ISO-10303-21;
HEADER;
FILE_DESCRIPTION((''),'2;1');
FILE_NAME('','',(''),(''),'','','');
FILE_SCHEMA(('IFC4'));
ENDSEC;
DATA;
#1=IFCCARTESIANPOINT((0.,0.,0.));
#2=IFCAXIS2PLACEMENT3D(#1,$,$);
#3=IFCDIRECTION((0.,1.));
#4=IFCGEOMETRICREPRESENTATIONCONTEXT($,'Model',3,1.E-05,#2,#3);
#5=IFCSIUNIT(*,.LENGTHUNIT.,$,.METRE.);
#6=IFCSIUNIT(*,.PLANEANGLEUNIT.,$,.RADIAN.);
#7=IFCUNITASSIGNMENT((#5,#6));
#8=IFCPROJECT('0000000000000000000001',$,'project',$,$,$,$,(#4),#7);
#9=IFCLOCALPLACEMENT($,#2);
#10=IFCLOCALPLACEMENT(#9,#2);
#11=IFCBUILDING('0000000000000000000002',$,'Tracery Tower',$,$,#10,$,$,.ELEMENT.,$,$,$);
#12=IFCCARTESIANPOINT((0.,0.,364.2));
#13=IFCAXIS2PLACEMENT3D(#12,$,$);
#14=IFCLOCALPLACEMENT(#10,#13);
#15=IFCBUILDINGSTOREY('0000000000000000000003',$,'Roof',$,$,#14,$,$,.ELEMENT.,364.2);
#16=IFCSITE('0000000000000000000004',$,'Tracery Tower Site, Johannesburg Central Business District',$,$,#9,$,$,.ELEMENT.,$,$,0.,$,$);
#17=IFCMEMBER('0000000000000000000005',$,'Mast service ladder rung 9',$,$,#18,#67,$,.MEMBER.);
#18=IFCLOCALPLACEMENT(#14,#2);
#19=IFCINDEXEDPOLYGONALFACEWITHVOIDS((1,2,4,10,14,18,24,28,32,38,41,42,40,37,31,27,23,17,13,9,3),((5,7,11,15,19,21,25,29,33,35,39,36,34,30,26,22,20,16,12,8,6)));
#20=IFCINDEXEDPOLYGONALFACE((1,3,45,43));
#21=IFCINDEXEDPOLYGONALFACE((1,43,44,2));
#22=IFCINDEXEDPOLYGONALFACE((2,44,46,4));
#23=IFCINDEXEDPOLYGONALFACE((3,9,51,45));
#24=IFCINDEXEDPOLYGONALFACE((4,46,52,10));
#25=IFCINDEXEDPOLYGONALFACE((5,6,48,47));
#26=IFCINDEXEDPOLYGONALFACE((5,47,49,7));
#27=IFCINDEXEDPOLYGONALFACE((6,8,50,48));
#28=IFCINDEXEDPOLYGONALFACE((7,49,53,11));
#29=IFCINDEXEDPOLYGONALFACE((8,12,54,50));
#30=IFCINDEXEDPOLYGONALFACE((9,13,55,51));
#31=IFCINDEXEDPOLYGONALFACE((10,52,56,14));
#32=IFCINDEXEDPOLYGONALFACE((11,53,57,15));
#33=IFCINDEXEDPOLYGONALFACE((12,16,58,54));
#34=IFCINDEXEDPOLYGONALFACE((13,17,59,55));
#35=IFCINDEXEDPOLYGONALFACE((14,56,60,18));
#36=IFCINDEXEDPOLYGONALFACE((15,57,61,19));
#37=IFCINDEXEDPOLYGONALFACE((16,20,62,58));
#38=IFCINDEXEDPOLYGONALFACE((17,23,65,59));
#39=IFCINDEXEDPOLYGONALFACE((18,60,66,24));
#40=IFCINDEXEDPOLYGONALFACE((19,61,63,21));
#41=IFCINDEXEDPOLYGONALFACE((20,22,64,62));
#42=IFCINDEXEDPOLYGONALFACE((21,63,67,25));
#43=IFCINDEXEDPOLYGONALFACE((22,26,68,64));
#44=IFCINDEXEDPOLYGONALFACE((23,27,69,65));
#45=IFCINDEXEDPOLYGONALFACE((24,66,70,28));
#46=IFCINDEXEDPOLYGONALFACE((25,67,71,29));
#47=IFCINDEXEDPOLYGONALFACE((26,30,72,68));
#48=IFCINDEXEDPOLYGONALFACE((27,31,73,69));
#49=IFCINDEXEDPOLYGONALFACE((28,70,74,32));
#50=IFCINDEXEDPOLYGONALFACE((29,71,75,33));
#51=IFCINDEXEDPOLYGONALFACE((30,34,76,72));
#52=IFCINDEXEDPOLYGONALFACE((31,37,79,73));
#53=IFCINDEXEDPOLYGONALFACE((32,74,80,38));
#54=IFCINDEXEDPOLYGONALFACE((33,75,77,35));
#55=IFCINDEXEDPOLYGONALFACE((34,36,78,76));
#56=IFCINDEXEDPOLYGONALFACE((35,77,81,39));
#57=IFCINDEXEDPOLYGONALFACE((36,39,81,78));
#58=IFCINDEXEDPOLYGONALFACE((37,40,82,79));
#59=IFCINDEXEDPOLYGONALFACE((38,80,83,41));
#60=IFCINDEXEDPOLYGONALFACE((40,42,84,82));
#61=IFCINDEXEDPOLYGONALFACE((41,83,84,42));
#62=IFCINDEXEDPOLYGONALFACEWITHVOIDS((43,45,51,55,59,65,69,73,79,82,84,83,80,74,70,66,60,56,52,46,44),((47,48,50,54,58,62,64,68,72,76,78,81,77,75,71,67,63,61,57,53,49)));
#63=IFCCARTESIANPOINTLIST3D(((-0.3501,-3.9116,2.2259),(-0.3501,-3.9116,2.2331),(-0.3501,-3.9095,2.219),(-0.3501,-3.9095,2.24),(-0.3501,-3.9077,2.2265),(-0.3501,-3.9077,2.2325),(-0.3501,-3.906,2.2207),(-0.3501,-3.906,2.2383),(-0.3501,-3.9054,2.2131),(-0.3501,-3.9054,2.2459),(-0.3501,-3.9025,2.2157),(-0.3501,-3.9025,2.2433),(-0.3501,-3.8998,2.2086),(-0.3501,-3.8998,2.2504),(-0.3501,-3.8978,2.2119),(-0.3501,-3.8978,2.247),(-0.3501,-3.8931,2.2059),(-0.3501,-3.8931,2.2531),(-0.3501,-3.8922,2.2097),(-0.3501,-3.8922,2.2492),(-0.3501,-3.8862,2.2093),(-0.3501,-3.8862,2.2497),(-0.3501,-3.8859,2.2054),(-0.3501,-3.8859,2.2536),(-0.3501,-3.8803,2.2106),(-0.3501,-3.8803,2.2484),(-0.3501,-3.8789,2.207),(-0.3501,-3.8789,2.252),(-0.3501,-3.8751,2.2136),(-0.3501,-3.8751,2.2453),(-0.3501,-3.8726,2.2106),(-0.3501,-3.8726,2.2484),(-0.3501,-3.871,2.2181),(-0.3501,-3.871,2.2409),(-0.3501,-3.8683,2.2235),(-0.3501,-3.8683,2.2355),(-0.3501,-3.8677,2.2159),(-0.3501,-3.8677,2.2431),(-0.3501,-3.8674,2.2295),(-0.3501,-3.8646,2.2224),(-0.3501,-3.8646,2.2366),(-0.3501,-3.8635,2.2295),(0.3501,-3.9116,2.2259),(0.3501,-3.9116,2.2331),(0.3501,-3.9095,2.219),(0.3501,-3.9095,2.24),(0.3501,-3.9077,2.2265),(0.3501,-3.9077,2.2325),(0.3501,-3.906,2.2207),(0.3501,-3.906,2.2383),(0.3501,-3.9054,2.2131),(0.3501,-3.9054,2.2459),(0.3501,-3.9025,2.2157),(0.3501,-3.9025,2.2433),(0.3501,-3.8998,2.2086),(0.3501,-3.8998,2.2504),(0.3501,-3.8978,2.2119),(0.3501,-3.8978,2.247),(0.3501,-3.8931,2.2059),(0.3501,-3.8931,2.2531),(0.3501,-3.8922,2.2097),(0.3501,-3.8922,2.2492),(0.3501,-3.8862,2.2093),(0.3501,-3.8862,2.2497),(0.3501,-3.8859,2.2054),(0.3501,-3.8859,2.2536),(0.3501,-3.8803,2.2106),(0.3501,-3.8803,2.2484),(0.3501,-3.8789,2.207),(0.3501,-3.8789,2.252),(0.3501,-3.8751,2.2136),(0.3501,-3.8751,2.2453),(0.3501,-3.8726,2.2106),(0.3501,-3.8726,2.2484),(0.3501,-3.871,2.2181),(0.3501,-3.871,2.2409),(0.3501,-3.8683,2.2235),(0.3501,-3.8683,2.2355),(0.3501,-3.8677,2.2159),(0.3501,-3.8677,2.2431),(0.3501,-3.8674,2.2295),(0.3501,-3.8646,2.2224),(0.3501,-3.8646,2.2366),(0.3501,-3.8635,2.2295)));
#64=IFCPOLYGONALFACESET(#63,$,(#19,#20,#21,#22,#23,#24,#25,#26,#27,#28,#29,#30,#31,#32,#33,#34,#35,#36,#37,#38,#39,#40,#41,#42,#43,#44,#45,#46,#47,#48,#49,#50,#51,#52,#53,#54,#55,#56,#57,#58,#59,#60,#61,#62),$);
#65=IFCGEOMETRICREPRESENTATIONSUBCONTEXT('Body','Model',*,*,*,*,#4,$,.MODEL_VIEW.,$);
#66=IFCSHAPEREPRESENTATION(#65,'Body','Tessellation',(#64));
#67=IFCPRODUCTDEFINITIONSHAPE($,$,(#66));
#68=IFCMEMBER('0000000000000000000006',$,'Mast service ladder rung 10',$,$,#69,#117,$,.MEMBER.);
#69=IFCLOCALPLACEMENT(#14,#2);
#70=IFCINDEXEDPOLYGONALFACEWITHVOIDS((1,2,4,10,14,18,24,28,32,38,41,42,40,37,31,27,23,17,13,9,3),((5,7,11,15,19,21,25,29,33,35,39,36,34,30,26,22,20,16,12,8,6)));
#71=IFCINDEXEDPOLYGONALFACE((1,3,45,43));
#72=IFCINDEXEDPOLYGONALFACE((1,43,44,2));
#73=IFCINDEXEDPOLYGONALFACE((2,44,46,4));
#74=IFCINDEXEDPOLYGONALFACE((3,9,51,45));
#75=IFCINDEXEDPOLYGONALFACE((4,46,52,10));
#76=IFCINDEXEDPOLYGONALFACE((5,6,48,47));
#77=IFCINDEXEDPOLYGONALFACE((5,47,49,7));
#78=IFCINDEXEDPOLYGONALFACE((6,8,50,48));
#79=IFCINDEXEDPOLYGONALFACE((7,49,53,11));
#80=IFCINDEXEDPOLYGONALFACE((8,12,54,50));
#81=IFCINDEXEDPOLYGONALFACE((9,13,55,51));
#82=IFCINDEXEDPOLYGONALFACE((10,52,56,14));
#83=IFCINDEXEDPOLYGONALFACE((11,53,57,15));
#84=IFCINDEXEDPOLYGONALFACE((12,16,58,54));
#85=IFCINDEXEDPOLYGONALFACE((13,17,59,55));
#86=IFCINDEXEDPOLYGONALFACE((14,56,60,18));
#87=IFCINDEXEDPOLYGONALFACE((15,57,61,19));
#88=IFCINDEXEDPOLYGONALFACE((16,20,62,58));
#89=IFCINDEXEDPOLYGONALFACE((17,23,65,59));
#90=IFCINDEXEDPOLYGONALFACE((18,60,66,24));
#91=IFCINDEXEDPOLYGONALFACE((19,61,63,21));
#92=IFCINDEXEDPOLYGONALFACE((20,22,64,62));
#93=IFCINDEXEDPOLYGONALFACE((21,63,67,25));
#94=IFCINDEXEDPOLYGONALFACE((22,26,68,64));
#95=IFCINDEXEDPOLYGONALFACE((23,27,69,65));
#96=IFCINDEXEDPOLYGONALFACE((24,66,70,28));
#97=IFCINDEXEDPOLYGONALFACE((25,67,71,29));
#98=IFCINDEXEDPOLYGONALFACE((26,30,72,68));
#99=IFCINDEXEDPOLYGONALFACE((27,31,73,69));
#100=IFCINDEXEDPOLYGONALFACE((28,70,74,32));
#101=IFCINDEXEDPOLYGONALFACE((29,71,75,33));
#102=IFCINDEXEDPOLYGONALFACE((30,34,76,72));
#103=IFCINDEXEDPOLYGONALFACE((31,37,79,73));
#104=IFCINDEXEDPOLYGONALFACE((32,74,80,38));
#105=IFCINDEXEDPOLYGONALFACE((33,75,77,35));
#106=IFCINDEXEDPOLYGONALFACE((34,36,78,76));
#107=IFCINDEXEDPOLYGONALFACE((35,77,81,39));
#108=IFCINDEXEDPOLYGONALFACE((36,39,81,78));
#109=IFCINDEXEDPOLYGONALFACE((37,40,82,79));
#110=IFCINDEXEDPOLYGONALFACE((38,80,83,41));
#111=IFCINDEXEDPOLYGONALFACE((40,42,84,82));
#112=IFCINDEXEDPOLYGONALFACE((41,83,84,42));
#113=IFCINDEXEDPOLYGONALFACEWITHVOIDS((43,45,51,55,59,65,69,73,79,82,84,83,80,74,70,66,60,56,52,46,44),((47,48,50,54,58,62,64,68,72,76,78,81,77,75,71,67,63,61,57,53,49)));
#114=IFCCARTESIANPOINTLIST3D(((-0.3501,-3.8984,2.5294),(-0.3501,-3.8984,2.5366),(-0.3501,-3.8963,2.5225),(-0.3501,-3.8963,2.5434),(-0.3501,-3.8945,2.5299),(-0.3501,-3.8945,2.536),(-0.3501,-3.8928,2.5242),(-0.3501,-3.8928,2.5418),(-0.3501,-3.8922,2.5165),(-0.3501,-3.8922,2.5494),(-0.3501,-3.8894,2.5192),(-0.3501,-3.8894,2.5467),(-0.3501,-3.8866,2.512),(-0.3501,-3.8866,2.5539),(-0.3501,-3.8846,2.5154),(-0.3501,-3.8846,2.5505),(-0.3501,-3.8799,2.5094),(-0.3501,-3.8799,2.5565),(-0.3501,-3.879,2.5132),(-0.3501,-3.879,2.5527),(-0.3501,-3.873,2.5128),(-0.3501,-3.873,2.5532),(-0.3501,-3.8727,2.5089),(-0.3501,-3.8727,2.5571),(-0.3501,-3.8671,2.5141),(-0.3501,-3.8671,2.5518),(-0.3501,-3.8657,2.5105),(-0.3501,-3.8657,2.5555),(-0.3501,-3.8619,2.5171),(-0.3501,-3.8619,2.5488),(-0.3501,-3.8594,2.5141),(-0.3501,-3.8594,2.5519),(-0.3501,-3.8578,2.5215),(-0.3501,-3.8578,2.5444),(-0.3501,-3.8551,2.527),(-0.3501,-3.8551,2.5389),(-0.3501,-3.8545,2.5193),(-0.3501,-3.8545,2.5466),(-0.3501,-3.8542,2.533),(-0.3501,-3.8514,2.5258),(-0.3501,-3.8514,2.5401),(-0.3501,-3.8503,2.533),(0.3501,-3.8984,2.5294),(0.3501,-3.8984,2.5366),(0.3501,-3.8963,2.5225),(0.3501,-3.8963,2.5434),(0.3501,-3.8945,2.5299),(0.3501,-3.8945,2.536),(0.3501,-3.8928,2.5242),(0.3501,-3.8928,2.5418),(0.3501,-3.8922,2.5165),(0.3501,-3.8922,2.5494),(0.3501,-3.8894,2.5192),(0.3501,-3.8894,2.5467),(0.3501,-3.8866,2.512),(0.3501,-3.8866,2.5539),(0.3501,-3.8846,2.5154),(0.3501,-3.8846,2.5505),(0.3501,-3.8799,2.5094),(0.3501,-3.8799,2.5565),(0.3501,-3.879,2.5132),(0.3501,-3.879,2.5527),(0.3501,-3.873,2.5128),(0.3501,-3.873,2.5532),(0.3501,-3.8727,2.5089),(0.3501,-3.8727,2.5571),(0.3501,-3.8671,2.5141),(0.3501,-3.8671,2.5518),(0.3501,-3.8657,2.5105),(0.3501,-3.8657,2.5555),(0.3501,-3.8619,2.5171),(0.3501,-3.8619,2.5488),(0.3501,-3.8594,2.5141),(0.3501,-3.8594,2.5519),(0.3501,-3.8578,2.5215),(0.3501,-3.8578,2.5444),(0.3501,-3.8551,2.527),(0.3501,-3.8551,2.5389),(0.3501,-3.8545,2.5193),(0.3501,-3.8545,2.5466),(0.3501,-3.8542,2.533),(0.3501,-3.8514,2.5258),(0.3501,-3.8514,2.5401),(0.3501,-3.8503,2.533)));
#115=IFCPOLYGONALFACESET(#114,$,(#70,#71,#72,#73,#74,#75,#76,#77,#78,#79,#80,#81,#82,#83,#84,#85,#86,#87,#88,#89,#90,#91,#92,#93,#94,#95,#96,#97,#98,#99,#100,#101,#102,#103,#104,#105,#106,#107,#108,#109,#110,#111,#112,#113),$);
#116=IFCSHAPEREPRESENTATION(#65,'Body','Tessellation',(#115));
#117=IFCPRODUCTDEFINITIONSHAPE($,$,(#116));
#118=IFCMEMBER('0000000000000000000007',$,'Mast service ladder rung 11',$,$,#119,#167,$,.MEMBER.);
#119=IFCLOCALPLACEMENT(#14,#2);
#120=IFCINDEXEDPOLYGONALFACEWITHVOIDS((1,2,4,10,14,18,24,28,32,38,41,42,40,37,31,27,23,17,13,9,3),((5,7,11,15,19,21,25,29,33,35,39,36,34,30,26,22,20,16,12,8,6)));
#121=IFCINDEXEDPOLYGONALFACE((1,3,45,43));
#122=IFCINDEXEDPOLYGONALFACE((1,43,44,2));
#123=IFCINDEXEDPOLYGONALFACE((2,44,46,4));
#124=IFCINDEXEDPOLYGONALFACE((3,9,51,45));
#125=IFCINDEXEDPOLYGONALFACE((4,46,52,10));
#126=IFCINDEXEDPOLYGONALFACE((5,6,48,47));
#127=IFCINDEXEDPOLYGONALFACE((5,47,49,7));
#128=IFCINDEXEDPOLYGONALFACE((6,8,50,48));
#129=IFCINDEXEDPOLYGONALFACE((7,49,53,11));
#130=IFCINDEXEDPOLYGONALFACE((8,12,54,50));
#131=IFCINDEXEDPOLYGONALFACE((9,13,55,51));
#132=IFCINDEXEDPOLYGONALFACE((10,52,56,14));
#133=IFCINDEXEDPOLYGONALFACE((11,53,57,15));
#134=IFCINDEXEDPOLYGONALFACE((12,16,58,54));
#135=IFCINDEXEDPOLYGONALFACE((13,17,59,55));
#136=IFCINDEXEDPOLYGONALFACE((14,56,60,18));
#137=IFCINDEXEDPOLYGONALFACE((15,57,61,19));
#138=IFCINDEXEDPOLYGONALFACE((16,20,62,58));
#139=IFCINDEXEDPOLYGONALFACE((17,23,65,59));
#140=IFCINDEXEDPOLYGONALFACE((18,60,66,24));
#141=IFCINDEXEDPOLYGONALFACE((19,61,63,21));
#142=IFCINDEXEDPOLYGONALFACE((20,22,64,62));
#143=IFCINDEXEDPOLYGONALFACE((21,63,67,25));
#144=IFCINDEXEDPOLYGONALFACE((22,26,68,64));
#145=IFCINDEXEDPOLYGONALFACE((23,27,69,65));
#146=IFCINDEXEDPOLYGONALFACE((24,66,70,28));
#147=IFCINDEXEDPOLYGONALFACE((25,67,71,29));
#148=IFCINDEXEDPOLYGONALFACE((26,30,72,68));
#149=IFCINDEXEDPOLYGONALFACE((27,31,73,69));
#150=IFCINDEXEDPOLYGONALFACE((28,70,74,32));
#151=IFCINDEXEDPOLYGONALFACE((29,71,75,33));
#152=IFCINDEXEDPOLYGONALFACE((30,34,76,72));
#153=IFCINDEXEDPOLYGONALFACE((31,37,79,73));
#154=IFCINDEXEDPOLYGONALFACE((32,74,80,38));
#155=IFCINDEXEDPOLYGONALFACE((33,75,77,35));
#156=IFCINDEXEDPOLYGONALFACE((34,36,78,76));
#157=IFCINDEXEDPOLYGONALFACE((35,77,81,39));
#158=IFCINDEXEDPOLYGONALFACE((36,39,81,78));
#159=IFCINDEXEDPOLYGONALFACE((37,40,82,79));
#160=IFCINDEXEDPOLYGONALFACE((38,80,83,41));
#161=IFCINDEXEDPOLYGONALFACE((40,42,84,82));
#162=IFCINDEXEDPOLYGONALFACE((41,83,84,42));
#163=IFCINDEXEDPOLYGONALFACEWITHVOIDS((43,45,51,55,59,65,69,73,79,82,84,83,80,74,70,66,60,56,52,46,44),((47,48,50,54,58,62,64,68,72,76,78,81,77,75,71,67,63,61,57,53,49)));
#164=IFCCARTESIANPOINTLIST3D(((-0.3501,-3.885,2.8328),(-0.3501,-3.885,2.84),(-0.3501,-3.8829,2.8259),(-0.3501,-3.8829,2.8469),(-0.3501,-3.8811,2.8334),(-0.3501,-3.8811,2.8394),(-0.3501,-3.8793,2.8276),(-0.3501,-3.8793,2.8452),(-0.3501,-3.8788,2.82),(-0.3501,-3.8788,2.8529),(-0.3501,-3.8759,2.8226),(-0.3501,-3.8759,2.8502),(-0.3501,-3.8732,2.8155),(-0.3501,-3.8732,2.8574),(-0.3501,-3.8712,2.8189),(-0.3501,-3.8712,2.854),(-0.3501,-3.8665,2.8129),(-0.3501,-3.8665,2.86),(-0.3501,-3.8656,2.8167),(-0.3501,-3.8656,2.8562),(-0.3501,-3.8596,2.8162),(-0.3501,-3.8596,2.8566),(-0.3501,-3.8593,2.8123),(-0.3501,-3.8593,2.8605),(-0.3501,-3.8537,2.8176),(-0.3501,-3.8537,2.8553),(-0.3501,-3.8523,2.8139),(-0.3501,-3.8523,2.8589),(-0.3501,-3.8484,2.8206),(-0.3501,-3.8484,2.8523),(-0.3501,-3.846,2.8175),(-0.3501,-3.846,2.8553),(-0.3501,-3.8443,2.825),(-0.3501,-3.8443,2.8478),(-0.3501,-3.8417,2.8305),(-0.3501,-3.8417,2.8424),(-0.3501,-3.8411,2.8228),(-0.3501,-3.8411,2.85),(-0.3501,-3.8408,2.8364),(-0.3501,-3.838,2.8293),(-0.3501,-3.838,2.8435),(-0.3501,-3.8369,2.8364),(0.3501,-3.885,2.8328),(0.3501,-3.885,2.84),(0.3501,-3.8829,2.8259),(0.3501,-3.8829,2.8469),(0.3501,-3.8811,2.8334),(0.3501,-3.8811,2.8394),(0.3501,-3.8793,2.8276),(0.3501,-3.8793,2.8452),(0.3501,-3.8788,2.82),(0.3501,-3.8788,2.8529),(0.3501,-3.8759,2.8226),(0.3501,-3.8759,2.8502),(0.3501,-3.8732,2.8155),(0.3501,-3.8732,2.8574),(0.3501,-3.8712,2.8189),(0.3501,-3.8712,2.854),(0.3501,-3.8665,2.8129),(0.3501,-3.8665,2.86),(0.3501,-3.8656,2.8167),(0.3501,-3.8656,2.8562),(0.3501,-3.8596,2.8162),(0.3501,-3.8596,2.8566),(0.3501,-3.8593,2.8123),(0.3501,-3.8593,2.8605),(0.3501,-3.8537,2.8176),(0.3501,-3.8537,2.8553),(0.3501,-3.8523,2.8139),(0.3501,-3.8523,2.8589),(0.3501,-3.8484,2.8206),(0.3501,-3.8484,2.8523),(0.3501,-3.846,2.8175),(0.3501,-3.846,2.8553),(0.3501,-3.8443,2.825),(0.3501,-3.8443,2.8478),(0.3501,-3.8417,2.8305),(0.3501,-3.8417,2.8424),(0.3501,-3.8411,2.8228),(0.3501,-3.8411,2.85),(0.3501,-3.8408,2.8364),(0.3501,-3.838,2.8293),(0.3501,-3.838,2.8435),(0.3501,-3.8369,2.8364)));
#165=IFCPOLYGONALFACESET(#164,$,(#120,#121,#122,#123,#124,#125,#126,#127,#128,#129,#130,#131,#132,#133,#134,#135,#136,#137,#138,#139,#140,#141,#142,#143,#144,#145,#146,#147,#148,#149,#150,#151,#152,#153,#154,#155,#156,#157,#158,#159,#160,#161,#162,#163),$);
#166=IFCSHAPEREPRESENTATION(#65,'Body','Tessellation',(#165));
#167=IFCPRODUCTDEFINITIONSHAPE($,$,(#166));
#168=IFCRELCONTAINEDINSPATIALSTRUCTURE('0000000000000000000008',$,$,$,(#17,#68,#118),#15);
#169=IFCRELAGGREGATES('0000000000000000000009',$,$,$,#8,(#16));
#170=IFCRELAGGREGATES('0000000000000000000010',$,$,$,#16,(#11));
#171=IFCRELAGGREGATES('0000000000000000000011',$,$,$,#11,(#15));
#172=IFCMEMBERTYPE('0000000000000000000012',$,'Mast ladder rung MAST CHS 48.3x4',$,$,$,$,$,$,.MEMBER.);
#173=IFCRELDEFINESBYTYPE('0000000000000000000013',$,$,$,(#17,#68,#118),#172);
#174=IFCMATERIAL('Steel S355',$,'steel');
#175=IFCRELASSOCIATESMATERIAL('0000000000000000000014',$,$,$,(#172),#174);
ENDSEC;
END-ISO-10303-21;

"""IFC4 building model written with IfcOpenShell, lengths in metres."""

from ifc_helpers import new_model, si_unit, direction, frame, origin, origin_2d, place, context, subcontext, project, spatial, hollow_circle, extrude, material, material_profile, profile_set, type_object, element, save


model = new_model("IFC4")

# Units and contexts
model_context = context("Model", 3, precision=1e-05, world=origin(), true_north=direction((0.0, 1.0)))
body_context = subcontext(model_context, "Body", "Model", "MODEL_VIEW")
ifc_project = project(units=[si_unit("LENGTHUNIT", "METRE"), si_unit("PLANEANGLEUNIT", "RADIAN")], contexts=[model_context])

# Site, building, storey
site_placement = place(None, origin())
site = spatial("IfcSite", under=ifc_project, at=site_placement, Name="Tracery Tower Site, Johannesburg Central Business District", CompositionType="ELEMENT", RefElevation=0.0)
building_placement = place(site_placement, origin())
building = spatial("IfcBuilding", under=site, at=building_placement, Name="Tracery Tower", CompositionType="ELEMENT")
storey_placement = place(building_placement, frame((0.0, 0.0, 364.2)))
storey = spatial("IfcBuildingStorey", under=building, at=storey_placement, Name="Roof", CompositionType="ELEMENT", Elevation=364.2)

# Members
ifc_material_1 = material(Name="Steel S355", Category="steel")
ifc_material_profile_1 = material_profile(ifc_material_1, hollow_circle(Radius=0.0242, WallThickness=0.0039, at=origin_2d()), Name="CHS 48.3x4")
ifc_profile_set_1 = profile_set([ifc_material_profile_1], Name="Steel S355")
member_type_1 = type_object("IfcMemberType", Name="Mast ladder rung MAST CHS 48.3x4", PredefinedType="MEMBER", material=ifc_profile_set_1)
for number, where, z_axis, x_axis, name in (
    (1, (-0.3501, -3.8877, 2.2295), (1.0, 0.0, 0.0), (0.0, 1.0, 0.0), "Mast service ladder rung 9"),
    (2, (-0.3501, -3.8745, 2.533), (1.0, 0.0, 0.0), (0.0, 1.0, 0.0), "Mast service ladder rung 10"),
    (3, (-0.3501, -3.8611, 2.8364), (1.0, 0.0, 0.0), (0.0, 1.0, 0.0), "Mast service ladder rung 11"),
):
    element("IfcMember", number, at=place(storey_placement, frame(where, z_axis=z_axis, x_axis=x_axis)), inside=storey, type_object=member_type_1, Name=name, PredefinedType="MEMBER", context=body_context, shape_type="SweptSolid", body=[
        extrude(hollow_circle(Radius=0.0242, WallThickness=0.0039, at=origin_2d()), origin(), (0.0, 0.0, 1.0), 0.7002),
    ])

save(model, "model.ifc")
